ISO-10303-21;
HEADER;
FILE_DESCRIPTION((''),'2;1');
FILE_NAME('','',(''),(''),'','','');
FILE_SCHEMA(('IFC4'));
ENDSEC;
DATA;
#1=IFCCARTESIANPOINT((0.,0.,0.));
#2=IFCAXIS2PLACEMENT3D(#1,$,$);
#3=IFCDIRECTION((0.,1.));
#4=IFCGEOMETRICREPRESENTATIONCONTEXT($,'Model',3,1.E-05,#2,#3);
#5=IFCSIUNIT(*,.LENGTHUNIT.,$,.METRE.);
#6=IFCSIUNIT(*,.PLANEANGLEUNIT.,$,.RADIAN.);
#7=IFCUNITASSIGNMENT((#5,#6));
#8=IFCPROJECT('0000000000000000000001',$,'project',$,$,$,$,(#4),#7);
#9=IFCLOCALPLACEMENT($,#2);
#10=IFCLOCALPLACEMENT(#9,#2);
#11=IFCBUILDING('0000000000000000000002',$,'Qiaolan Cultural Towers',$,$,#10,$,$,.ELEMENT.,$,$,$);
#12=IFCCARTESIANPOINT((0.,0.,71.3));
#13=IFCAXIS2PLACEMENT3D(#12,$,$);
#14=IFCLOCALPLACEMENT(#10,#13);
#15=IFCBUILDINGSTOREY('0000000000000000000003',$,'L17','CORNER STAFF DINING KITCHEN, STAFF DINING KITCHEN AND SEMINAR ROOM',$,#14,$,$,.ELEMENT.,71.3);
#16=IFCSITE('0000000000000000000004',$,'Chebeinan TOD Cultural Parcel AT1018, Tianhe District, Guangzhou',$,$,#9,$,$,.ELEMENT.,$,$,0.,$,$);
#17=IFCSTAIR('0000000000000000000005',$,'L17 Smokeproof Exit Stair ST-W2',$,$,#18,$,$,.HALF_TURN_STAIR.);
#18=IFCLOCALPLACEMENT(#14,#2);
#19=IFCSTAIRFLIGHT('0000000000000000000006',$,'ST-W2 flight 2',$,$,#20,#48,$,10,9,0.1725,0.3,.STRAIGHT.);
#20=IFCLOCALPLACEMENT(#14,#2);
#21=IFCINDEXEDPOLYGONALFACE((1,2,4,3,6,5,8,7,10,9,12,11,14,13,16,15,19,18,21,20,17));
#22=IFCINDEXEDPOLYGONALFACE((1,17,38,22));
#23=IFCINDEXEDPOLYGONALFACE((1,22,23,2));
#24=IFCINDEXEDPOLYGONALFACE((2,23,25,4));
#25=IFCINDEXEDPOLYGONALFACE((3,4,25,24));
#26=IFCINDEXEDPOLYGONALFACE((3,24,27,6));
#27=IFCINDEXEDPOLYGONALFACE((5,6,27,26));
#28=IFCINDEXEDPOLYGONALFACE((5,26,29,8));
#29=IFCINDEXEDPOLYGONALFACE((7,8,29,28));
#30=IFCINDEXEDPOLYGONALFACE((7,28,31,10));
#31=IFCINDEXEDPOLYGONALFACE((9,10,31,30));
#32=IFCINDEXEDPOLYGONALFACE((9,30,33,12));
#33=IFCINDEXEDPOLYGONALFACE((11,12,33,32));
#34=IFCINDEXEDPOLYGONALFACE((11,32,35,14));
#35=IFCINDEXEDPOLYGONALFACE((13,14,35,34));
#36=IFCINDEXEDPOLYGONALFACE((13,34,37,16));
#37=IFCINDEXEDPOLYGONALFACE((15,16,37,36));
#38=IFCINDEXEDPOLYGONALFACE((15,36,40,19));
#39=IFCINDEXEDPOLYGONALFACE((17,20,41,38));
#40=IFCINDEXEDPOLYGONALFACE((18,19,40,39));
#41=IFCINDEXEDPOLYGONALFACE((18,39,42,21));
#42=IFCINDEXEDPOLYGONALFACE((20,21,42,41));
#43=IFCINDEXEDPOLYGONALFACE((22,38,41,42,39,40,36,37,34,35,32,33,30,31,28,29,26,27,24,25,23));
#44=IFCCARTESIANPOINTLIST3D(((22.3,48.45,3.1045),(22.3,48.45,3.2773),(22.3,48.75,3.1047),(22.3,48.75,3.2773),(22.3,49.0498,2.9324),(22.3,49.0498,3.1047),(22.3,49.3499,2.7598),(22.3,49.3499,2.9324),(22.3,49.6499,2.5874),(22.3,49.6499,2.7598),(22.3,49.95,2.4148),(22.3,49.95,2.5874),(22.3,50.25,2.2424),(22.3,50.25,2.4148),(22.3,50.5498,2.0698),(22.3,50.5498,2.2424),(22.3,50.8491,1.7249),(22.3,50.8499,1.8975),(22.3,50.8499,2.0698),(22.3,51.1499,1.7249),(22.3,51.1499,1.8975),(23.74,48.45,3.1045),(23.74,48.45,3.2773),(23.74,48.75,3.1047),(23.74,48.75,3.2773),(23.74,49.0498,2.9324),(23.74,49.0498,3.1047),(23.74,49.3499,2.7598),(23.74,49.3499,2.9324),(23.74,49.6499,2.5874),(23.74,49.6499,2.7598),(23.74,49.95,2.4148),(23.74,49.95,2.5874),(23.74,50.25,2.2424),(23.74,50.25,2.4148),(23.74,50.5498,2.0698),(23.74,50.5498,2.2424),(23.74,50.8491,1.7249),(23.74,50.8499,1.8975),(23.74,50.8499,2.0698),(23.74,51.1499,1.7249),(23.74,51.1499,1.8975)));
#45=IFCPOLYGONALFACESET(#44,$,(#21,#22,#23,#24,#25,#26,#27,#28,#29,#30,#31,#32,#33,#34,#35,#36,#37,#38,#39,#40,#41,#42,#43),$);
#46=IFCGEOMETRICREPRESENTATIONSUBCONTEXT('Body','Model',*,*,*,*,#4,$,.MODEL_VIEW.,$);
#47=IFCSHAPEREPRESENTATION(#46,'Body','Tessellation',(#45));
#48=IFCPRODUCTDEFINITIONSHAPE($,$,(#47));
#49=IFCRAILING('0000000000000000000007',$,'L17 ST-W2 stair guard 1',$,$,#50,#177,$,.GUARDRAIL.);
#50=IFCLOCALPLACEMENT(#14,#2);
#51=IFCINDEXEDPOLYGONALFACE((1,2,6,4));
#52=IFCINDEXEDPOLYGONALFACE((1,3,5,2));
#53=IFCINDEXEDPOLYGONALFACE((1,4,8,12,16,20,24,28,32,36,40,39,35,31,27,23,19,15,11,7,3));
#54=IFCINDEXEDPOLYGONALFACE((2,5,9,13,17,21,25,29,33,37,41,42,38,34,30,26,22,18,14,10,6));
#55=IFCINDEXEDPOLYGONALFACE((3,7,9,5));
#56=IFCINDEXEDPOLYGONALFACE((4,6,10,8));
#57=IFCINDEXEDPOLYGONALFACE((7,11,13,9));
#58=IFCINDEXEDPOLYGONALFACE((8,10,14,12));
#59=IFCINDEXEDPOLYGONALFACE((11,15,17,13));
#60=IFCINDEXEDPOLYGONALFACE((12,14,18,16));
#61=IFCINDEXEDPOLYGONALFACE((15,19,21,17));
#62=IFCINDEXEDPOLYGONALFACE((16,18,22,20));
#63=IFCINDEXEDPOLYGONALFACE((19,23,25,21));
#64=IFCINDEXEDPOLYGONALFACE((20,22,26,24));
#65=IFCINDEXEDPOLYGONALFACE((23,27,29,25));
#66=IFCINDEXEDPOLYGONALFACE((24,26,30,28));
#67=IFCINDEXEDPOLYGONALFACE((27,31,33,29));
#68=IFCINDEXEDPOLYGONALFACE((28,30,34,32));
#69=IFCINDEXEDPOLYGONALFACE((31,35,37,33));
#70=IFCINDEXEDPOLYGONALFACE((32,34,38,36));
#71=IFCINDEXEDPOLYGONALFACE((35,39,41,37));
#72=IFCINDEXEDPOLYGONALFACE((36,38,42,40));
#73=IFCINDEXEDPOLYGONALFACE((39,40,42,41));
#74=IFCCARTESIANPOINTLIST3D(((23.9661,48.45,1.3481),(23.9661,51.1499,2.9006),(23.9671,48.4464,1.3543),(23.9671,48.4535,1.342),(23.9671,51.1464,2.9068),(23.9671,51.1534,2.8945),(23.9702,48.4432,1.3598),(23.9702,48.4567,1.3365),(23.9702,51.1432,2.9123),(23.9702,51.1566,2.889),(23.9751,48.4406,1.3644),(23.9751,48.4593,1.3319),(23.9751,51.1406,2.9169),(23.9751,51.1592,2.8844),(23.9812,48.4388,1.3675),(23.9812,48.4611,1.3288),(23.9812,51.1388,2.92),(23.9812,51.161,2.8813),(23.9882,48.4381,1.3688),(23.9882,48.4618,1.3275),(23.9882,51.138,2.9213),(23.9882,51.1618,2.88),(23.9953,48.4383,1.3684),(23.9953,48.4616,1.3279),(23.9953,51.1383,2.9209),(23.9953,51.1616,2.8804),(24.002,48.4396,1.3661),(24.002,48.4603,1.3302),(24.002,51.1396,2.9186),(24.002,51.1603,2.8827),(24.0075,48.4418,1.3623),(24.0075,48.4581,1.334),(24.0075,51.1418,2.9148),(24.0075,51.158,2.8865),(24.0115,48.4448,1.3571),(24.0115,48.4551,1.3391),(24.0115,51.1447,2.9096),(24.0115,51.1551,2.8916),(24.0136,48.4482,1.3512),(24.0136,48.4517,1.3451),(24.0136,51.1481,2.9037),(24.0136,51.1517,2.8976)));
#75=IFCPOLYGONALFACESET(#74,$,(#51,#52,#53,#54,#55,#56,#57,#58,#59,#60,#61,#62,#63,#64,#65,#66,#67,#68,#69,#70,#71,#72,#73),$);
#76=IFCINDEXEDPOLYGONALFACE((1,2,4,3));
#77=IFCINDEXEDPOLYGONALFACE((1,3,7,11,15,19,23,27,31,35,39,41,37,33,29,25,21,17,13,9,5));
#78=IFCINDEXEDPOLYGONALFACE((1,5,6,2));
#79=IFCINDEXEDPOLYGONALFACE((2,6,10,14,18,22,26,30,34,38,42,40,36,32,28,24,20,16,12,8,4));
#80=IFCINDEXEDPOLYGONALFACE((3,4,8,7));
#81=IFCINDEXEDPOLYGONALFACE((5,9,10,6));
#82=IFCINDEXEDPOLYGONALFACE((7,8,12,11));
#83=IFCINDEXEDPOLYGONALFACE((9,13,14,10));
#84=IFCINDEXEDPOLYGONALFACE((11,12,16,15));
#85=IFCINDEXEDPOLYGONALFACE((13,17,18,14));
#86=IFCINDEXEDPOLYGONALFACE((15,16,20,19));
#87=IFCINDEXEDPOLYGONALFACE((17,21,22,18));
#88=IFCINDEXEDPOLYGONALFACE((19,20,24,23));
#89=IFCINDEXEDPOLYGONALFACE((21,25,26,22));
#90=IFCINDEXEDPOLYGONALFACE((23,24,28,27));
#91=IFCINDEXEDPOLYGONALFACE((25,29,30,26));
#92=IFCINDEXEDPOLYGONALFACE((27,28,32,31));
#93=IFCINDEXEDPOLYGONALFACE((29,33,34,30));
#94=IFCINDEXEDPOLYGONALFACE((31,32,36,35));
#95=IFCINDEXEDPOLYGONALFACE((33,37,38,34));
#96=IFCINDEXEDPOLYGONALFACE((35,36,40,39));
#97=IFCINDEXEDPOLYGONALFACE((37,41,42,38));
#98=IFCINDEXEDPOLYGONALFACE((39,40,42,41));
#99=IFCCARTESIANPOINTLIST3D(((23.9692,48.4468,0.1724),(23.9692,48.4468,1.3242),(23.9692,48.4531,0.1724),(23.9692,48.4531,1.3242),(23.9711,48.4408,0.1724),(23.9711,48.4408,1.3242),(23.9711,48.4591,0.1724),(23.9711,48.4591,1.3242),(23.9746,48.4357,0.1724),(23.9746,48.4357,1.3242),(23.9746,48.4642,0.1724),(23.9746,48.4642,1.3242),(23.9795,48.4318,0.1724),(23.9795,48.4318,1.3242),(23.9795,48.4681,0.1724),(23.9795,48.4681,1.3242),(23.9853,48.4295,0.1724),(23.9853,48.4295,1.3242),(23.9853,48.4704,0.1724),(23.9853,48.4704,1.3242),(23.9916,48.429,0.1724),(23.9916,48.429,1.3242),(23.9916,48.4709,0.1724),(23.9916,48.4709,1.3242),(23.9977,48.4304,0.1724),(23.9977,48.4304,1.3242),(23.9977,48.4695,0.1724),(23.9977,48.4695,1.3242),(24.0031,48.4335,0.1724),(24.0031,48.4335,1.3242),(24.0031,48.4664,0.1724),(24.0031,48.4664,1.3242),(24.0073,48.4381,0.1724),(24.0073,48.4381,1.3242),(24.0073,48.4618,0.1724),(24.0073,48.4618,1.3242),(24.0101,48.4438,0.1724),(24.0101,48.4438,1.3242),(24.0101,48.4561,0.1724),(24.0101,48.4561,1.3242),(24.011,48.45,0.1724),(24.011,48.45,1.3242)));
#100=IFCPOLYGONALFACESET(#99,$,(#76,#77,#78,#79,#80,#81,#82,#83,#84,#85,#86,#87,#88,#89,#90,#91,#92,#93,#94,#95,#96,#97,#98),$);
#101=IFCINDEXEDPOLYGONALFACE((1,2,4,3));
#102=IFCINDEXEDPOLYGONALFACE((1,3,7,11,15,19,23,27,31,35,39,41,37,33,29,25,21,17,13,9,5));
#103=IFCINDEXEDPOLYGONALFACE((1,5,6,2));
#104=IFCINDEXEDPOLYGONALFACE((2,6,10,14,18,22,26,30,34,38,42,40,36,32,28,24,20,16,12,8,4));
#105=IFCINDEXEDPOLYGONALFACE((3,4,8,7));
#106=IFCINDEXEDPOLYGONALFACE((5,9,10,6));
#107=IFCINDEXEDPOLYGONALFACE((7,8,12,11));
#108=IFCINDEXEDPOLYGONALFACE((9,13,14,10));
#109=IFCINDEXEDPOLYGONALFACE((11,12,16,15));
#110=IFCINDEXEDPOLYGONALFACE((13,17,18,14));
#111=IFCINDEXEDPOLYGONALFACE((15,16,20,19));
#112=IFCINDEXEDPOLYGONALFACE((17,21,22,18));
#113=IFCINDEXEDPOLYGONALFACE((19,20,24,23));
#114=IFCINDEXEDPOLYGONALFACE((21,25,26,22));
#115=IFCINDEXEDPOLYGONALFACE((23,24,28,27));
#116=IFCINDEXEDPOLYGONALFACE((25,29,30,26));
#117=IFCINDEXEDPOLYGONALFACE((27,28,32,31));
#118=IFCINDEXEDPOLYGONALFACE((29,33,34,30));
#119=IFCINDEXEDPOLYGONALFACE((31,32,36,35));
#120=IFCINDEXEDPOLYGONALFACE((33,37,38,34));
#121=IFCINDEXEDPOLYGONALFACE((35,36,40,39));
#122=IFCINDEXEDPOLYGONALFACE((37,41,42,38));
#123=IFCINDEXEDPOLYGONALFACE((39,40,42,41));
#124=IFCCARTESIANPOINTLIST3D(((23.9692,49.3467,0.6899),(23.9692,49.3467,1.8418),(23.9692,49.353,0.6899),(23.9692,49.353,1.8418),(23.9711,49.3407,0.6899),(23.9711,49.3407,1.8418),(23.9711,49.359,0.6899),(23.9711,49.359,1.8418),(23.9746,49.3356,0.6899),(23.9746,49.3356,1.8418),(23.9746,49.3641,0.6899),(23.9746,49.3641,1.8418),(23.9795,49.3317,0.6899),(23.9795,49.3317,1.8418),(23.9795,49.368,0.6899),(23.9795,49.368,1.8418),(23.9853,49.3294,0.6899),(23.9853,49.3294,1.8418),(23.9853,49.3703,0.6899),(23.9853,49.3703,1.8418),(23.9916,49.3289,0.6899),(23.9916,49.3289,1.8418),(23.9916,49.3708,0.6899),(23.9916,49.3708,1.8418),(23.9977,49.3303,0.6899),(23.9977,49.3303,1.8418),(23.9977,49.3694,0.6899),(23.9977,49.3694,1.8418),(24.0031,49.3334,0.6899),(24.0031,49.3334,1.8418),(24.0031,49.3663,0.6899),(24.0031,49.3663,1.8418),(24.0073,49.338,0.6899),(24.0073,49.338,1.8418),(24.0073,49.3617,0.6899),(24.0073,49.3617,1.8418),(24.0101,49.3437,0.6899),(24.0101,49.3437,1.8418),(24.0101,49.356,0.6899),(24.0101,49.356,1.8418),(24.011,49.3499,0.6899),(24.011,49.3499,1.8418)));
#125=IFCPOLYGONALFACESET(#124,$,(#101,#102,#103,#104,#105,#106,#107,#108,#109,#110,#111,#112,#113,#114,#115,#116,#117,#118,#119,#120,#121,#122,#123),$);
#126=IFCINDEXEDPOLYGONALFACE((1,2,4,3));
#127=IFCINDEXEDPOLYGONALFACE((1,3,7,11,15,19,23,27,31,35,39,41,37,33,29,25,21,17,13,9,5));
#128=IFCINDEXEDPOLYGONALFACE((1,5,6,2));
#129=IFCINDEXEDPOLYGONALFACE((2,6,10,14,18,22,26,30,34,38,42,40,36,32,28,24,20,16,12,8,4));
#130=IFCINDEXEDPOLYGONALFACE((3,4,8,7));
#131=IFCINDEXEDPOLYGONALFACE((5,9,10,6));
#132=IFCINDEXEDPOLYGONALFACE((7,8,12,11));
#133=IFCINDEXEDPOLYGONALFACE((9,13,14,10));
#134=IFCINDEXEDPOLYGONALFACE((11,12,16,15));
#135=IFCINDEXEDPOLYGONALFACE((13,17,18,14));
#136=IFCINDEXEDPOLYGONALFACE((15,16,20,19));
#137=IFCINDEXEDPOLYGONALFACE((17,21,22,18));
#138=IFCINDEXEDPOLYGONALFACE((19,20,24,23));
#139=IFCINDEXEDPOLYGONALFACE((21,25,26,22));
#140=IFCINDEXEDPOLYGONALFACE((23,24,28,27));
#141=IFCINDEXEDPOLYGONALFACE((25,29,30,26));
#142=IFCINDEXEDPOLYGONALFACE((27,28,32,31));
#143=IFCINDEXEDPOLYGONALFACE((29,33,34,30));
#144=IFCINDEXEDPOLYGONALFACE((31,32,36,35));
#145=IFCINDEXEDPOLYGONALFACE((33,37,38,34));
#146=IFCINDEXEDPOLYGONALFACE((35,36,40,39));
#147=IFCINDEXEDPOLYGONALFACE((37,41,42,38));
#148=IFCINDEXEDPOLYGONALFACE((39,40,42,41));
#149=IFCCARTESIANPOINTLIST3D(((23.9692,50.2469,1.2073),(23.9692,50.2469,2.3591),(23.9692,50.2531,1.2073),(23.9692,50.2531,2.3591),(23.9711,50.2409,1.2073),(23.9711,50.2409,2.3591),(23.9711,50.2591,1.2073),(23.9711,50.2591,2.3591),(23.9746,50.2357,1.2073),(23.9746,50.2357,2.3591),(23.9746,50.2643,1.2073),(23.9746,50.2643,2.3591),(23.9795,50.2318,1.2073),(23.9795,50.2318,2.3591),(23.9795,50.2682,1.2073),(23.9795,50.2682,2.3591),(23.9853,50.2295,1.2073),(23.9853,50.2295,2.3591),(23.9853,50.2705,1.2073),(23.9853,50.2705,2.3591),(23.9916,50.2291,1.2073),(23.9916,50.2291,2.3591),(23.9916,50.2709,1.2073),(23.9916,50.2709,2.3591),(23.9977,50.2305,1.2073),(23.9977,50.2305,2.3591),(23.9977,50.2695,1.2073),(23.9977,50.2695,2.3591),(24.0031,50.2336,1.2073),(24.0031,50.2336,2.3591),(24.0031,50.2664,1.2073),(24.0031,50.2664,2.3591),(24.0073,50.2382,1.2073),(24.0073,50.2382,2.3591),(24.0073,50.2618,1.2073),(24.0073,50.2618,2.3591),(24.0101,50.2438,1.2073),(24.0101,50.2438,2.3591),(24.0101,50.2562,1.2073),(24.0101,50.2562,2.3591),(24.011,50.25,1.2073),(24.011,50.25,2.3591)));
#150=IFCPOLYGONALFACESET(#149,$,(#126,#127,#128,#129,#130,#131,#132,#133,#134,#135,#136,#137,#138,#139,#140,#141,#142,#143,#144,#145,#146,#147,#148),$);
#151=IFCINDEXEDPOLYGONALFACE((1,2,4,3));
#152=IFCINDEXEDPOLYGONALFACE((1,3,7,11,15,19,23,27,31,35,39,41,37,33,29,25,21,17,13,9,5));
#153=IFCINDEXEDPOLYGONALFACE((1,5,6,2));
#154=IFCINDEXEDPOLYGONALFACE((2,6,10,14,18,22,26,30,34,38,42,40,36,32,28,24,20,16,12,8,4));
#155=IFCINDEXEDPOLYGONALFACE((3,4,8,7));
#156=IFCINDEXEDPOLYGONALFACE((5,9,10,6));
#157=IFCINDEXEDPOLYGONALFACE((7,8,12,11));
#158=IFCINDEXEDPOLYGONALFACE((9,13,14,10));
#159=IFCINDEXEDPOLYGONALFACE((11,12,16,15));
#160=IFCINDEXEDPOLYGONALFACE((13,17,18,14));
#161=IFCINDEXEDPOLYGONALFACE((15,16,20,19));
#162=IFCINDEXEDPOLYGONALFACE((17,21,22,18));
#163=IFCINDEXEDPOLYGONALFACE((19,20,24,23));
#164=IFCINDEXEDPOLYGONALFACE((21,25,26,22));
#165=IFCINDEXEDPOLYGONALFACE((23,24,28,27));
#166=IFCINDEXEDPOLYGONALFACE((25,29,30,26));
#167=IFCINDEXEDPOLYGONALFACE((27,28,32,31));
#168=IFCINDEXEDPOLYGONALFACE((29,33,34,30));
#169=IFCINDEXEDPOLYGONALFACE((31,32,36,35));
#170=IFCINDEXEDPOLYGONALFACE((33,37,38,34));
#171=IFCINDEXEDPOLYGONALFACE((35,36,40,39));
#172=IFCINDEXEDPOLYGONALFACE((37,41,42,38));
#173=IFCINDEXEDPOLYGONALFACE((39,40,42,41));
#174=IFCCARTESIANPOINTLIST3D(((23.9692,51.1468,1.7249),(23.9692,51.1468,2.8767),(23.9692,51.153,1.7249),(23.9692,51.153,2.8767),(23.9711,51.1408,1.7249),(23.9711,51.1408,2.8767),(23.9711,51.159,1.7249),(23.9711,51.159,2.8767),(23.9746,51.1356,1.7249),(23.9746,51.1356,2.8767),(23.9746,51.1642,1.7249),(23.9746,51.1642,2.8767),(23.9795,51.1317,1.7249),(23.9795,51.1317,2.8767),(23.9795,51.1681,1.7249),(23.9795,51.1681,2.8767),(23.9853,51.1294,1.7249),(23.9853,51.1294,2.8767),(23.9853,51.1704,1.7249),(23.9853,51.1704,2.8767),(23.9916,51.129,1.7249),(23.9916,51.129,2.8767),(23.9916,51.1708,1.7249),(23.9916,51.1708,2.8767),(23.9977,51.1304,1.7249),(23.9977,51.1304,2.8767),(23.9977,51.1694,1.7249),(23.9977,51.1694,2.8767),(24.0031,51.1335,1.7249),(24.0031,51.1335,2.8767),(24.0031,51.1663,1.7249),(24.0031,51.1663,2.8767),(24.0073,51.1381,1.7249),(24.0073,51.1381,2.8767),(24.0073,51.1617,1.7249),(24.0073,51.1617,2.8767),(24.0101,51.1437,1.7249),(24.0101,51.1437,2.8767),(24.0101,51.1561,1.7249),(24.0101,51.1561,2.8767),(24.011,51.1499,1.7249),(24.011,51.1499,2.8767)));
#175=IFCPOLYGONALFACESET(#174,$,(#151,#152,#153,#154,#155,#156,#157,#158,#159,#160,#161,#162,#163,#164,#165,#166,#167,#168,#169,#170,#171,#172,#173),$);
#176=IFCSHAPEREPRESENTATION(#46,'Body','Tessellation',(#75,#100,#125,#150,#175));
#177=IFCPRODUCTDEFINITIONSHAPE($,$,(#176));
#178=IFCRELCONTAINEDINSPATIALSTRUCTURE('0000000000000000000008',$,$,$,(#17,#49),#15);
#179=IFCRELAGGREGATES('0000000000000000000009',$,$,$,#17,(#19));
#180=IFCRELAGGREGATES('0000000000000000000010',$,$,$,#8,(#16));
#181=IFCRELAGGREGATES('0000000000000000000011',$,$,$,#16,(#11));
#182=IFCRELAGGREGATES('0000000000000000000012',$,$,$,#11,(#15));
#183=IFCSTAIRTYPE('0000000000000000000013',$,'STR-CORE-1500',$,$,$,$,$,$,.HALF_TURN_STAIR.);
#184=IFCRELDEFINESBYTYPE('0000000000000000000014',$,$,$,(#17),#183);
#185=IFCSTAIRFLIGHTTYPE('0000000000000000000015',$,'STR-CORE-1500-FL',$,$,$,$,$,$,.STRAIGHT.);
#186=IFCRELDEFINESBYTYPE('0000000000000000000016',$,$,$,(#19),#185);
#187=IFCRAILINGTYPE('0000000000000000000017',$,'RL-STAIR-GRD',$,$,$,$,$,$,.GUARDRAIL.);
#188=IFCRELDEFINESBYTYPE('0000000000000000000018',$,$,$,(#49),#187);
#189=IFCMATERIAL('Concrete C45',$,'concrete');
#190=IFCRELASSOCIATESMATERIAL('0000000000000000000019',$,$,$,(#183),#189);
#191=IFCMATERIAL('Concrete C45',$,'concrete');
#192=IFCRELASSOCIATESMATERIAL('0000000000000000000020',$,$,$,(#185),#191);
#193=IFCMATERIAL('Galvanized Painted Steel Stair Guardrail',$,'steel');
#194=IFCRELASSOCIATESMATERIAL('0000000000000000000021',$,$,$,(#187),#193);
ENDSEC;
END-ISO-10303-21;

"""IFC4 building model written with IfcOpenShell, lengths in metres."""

from ifc_helpers import new_model, si_unit, direction, frame, origin, origin_2d, place, context, subcontext, project, spatial, polyline, circle, outline, extrude, material, type_object, element, aggregate, save


model = new_model("IFC4")

# Units and contexts
model_context = context("Model", 3, precision=1e-05, world=origin(), true_north=direction((0.0, 1.0)))
body_context = subcontext(model_context, "Body", "Model", "MODEL_VIEW")
ifc_project = project(units=[si_unit("LENGTHUNIT", "METRE"), si_unit("PLANEANGLEUNIT", "RADIAN")], contexts=[model_context])

# Site, building, storey
site_placement = place(None, origin())
site = spatial("IfcSite", under=ifc_project, at=site_placement, Name="Chebeinan TOD Cultural Parcel AT1018, Tianhe District, Guangzhou", CompositionType="ELEMENT", RefElevation=0.0)
building_placement = place(site_placement, origin())
building = spatial("IfcBuilding", under=site, at=building_placement, Name="Qiaolan Cultural Towers", CompositionType="ELEMENT")
storey_placement = place(building_placement, frame((0.0, 0.0, 71.3)))
storey = spatial("IfcBuildingStorey", under=building, at=storey_placement, Name="L17", Description="CORNER STAFF DINING KITCHEN, STAFF DINING KITCHEN AND SEMINAR ROOM", CompositionType="ELEMENT", Elevation=71.3)

# Stair, stair flight
ifc_material_1 = material(Name="Concrete C45", Category="concrete")
stair_type = type_object("IfcStairType", Name="STR-CORE-1500", PredefinedType="HALF_TURN_STAIR", material=ifc_material_1)
stair_placement = place(storey_placement, origin())
stair = element("IfcStair", 1, at=stair_placement, inside=storey, type_object=stair_type, Name="L17 Smokeproof Exit Stair ST-W2", PredefinedType="HALF_TURN_STAIR")
ifc_material_2 = material(Name="Concrete C45", Category="concrete")
stair_flight_type = type_object("IfcStairFlightType", Name="STR-CORE-1500-FL", PredefinedType="STRAIGHT", material=ifc_material_2)
stair_flight_placement = place(storey_placement, frame((23.02, 51.1499, 1.7249), z_axis=(0.0, 0.0, 1.0), x_axis=(0.0, -1.0, 0.0)))
stair_flight = element("IfcStairFlight", 2, at=stair_flight_placement, type_object=stair_flight_type, Name="ST-W2 flight 2", NumberOfRisers=10, NumberOfTreads=9, PredefinedType="STRAIGHT", RiserHeight=0.1725, TreadLength=0.3, context=body_context, shape_type="SweptSolid", body=[
    extrude(outline(polyline([(0.0, 0.0), (0.0, 0.1726), (0.3, 0.1726), (0.3, 0.345), (0.6001, 0.345), (0.6001, 0.5176), (0.8999, 0.5176), (0.8999, 0.6899), (1.2, 0.6899), (1.2, 0.8625), (1.5, 0.8625), (1.5, 1.0349), (1.8, 1.0349), (1.8, 1.2075), (2.1001, 1.2075), (2.1001, 1.3799), (2.3999, 1.3799), (2.3999, 1.5525), (2.7, 1.5525), (2.7, 1.7251), (2.7, 1.3796), (0.3008, 0.0), (0.0, 0.0)])), frame((0.0, 0.72, 0.0), z_axis=(0.0, -1.0, 0.0), x_axis=(1.0, 0.0, 0.0)), (0.0, 0.0, 1.0), 1.4399),
])
aggregate(stair, [stair_flight])

# Railing
ifc_material_3 = material(Name="Galvanized Painted Steel Stair Guardrail", Category="steel")
railing_type_1 = type_object("IfcRailingType", Name="RL-STAIR-GRD", PredefinedType="GUARDRAIL", material=ifc_material_3)
railing_1_placement = place(storey_placement, frame((23.99, 48.45, 0.1724)))
element("IfcRailing", 3, at=railing_1_placement, inside=storey, type_object=railing_type_1, Name="L17 ST-W2 stair guard 1", PredefinedType="GUARDRAIL", context=body_context, shape_type="SweptSolid", body=[
    extrude(circle(Radius=0.0239, at=origin_2d()), frame((0.0, 0.0, 1.1758), z_axis=(0.0, 0.866904, 0.498476), x_axis=(-1.0, 0.0, 0.0)), (0.0, 0.0, 1.0), 3.1145),
    extrude(circle(Radius=0.021, at=origin_2d()), origin(), (0.0, 0.0, 1.0), 1.1519),
    extrude(circle(Radius=0.021, at=origin_2d()), frame((0.0, 0.8999, 0.5176)), (0.0, 0.0, 1.0), 1.1519),
    extrude(circle(Radius=0.021, at=origin_2d()), frame((0.0, 1.8, 1.0349)), (0.0, 0.0, 1.0), 1.1519),
    extrude(circle(Radius=0.021, at=origin_2d()), frame((0.0, 2.7, 1.5525)), (0.0, 0.0, 1.0), 1.1519),
])

save(model, "model.ifc")
